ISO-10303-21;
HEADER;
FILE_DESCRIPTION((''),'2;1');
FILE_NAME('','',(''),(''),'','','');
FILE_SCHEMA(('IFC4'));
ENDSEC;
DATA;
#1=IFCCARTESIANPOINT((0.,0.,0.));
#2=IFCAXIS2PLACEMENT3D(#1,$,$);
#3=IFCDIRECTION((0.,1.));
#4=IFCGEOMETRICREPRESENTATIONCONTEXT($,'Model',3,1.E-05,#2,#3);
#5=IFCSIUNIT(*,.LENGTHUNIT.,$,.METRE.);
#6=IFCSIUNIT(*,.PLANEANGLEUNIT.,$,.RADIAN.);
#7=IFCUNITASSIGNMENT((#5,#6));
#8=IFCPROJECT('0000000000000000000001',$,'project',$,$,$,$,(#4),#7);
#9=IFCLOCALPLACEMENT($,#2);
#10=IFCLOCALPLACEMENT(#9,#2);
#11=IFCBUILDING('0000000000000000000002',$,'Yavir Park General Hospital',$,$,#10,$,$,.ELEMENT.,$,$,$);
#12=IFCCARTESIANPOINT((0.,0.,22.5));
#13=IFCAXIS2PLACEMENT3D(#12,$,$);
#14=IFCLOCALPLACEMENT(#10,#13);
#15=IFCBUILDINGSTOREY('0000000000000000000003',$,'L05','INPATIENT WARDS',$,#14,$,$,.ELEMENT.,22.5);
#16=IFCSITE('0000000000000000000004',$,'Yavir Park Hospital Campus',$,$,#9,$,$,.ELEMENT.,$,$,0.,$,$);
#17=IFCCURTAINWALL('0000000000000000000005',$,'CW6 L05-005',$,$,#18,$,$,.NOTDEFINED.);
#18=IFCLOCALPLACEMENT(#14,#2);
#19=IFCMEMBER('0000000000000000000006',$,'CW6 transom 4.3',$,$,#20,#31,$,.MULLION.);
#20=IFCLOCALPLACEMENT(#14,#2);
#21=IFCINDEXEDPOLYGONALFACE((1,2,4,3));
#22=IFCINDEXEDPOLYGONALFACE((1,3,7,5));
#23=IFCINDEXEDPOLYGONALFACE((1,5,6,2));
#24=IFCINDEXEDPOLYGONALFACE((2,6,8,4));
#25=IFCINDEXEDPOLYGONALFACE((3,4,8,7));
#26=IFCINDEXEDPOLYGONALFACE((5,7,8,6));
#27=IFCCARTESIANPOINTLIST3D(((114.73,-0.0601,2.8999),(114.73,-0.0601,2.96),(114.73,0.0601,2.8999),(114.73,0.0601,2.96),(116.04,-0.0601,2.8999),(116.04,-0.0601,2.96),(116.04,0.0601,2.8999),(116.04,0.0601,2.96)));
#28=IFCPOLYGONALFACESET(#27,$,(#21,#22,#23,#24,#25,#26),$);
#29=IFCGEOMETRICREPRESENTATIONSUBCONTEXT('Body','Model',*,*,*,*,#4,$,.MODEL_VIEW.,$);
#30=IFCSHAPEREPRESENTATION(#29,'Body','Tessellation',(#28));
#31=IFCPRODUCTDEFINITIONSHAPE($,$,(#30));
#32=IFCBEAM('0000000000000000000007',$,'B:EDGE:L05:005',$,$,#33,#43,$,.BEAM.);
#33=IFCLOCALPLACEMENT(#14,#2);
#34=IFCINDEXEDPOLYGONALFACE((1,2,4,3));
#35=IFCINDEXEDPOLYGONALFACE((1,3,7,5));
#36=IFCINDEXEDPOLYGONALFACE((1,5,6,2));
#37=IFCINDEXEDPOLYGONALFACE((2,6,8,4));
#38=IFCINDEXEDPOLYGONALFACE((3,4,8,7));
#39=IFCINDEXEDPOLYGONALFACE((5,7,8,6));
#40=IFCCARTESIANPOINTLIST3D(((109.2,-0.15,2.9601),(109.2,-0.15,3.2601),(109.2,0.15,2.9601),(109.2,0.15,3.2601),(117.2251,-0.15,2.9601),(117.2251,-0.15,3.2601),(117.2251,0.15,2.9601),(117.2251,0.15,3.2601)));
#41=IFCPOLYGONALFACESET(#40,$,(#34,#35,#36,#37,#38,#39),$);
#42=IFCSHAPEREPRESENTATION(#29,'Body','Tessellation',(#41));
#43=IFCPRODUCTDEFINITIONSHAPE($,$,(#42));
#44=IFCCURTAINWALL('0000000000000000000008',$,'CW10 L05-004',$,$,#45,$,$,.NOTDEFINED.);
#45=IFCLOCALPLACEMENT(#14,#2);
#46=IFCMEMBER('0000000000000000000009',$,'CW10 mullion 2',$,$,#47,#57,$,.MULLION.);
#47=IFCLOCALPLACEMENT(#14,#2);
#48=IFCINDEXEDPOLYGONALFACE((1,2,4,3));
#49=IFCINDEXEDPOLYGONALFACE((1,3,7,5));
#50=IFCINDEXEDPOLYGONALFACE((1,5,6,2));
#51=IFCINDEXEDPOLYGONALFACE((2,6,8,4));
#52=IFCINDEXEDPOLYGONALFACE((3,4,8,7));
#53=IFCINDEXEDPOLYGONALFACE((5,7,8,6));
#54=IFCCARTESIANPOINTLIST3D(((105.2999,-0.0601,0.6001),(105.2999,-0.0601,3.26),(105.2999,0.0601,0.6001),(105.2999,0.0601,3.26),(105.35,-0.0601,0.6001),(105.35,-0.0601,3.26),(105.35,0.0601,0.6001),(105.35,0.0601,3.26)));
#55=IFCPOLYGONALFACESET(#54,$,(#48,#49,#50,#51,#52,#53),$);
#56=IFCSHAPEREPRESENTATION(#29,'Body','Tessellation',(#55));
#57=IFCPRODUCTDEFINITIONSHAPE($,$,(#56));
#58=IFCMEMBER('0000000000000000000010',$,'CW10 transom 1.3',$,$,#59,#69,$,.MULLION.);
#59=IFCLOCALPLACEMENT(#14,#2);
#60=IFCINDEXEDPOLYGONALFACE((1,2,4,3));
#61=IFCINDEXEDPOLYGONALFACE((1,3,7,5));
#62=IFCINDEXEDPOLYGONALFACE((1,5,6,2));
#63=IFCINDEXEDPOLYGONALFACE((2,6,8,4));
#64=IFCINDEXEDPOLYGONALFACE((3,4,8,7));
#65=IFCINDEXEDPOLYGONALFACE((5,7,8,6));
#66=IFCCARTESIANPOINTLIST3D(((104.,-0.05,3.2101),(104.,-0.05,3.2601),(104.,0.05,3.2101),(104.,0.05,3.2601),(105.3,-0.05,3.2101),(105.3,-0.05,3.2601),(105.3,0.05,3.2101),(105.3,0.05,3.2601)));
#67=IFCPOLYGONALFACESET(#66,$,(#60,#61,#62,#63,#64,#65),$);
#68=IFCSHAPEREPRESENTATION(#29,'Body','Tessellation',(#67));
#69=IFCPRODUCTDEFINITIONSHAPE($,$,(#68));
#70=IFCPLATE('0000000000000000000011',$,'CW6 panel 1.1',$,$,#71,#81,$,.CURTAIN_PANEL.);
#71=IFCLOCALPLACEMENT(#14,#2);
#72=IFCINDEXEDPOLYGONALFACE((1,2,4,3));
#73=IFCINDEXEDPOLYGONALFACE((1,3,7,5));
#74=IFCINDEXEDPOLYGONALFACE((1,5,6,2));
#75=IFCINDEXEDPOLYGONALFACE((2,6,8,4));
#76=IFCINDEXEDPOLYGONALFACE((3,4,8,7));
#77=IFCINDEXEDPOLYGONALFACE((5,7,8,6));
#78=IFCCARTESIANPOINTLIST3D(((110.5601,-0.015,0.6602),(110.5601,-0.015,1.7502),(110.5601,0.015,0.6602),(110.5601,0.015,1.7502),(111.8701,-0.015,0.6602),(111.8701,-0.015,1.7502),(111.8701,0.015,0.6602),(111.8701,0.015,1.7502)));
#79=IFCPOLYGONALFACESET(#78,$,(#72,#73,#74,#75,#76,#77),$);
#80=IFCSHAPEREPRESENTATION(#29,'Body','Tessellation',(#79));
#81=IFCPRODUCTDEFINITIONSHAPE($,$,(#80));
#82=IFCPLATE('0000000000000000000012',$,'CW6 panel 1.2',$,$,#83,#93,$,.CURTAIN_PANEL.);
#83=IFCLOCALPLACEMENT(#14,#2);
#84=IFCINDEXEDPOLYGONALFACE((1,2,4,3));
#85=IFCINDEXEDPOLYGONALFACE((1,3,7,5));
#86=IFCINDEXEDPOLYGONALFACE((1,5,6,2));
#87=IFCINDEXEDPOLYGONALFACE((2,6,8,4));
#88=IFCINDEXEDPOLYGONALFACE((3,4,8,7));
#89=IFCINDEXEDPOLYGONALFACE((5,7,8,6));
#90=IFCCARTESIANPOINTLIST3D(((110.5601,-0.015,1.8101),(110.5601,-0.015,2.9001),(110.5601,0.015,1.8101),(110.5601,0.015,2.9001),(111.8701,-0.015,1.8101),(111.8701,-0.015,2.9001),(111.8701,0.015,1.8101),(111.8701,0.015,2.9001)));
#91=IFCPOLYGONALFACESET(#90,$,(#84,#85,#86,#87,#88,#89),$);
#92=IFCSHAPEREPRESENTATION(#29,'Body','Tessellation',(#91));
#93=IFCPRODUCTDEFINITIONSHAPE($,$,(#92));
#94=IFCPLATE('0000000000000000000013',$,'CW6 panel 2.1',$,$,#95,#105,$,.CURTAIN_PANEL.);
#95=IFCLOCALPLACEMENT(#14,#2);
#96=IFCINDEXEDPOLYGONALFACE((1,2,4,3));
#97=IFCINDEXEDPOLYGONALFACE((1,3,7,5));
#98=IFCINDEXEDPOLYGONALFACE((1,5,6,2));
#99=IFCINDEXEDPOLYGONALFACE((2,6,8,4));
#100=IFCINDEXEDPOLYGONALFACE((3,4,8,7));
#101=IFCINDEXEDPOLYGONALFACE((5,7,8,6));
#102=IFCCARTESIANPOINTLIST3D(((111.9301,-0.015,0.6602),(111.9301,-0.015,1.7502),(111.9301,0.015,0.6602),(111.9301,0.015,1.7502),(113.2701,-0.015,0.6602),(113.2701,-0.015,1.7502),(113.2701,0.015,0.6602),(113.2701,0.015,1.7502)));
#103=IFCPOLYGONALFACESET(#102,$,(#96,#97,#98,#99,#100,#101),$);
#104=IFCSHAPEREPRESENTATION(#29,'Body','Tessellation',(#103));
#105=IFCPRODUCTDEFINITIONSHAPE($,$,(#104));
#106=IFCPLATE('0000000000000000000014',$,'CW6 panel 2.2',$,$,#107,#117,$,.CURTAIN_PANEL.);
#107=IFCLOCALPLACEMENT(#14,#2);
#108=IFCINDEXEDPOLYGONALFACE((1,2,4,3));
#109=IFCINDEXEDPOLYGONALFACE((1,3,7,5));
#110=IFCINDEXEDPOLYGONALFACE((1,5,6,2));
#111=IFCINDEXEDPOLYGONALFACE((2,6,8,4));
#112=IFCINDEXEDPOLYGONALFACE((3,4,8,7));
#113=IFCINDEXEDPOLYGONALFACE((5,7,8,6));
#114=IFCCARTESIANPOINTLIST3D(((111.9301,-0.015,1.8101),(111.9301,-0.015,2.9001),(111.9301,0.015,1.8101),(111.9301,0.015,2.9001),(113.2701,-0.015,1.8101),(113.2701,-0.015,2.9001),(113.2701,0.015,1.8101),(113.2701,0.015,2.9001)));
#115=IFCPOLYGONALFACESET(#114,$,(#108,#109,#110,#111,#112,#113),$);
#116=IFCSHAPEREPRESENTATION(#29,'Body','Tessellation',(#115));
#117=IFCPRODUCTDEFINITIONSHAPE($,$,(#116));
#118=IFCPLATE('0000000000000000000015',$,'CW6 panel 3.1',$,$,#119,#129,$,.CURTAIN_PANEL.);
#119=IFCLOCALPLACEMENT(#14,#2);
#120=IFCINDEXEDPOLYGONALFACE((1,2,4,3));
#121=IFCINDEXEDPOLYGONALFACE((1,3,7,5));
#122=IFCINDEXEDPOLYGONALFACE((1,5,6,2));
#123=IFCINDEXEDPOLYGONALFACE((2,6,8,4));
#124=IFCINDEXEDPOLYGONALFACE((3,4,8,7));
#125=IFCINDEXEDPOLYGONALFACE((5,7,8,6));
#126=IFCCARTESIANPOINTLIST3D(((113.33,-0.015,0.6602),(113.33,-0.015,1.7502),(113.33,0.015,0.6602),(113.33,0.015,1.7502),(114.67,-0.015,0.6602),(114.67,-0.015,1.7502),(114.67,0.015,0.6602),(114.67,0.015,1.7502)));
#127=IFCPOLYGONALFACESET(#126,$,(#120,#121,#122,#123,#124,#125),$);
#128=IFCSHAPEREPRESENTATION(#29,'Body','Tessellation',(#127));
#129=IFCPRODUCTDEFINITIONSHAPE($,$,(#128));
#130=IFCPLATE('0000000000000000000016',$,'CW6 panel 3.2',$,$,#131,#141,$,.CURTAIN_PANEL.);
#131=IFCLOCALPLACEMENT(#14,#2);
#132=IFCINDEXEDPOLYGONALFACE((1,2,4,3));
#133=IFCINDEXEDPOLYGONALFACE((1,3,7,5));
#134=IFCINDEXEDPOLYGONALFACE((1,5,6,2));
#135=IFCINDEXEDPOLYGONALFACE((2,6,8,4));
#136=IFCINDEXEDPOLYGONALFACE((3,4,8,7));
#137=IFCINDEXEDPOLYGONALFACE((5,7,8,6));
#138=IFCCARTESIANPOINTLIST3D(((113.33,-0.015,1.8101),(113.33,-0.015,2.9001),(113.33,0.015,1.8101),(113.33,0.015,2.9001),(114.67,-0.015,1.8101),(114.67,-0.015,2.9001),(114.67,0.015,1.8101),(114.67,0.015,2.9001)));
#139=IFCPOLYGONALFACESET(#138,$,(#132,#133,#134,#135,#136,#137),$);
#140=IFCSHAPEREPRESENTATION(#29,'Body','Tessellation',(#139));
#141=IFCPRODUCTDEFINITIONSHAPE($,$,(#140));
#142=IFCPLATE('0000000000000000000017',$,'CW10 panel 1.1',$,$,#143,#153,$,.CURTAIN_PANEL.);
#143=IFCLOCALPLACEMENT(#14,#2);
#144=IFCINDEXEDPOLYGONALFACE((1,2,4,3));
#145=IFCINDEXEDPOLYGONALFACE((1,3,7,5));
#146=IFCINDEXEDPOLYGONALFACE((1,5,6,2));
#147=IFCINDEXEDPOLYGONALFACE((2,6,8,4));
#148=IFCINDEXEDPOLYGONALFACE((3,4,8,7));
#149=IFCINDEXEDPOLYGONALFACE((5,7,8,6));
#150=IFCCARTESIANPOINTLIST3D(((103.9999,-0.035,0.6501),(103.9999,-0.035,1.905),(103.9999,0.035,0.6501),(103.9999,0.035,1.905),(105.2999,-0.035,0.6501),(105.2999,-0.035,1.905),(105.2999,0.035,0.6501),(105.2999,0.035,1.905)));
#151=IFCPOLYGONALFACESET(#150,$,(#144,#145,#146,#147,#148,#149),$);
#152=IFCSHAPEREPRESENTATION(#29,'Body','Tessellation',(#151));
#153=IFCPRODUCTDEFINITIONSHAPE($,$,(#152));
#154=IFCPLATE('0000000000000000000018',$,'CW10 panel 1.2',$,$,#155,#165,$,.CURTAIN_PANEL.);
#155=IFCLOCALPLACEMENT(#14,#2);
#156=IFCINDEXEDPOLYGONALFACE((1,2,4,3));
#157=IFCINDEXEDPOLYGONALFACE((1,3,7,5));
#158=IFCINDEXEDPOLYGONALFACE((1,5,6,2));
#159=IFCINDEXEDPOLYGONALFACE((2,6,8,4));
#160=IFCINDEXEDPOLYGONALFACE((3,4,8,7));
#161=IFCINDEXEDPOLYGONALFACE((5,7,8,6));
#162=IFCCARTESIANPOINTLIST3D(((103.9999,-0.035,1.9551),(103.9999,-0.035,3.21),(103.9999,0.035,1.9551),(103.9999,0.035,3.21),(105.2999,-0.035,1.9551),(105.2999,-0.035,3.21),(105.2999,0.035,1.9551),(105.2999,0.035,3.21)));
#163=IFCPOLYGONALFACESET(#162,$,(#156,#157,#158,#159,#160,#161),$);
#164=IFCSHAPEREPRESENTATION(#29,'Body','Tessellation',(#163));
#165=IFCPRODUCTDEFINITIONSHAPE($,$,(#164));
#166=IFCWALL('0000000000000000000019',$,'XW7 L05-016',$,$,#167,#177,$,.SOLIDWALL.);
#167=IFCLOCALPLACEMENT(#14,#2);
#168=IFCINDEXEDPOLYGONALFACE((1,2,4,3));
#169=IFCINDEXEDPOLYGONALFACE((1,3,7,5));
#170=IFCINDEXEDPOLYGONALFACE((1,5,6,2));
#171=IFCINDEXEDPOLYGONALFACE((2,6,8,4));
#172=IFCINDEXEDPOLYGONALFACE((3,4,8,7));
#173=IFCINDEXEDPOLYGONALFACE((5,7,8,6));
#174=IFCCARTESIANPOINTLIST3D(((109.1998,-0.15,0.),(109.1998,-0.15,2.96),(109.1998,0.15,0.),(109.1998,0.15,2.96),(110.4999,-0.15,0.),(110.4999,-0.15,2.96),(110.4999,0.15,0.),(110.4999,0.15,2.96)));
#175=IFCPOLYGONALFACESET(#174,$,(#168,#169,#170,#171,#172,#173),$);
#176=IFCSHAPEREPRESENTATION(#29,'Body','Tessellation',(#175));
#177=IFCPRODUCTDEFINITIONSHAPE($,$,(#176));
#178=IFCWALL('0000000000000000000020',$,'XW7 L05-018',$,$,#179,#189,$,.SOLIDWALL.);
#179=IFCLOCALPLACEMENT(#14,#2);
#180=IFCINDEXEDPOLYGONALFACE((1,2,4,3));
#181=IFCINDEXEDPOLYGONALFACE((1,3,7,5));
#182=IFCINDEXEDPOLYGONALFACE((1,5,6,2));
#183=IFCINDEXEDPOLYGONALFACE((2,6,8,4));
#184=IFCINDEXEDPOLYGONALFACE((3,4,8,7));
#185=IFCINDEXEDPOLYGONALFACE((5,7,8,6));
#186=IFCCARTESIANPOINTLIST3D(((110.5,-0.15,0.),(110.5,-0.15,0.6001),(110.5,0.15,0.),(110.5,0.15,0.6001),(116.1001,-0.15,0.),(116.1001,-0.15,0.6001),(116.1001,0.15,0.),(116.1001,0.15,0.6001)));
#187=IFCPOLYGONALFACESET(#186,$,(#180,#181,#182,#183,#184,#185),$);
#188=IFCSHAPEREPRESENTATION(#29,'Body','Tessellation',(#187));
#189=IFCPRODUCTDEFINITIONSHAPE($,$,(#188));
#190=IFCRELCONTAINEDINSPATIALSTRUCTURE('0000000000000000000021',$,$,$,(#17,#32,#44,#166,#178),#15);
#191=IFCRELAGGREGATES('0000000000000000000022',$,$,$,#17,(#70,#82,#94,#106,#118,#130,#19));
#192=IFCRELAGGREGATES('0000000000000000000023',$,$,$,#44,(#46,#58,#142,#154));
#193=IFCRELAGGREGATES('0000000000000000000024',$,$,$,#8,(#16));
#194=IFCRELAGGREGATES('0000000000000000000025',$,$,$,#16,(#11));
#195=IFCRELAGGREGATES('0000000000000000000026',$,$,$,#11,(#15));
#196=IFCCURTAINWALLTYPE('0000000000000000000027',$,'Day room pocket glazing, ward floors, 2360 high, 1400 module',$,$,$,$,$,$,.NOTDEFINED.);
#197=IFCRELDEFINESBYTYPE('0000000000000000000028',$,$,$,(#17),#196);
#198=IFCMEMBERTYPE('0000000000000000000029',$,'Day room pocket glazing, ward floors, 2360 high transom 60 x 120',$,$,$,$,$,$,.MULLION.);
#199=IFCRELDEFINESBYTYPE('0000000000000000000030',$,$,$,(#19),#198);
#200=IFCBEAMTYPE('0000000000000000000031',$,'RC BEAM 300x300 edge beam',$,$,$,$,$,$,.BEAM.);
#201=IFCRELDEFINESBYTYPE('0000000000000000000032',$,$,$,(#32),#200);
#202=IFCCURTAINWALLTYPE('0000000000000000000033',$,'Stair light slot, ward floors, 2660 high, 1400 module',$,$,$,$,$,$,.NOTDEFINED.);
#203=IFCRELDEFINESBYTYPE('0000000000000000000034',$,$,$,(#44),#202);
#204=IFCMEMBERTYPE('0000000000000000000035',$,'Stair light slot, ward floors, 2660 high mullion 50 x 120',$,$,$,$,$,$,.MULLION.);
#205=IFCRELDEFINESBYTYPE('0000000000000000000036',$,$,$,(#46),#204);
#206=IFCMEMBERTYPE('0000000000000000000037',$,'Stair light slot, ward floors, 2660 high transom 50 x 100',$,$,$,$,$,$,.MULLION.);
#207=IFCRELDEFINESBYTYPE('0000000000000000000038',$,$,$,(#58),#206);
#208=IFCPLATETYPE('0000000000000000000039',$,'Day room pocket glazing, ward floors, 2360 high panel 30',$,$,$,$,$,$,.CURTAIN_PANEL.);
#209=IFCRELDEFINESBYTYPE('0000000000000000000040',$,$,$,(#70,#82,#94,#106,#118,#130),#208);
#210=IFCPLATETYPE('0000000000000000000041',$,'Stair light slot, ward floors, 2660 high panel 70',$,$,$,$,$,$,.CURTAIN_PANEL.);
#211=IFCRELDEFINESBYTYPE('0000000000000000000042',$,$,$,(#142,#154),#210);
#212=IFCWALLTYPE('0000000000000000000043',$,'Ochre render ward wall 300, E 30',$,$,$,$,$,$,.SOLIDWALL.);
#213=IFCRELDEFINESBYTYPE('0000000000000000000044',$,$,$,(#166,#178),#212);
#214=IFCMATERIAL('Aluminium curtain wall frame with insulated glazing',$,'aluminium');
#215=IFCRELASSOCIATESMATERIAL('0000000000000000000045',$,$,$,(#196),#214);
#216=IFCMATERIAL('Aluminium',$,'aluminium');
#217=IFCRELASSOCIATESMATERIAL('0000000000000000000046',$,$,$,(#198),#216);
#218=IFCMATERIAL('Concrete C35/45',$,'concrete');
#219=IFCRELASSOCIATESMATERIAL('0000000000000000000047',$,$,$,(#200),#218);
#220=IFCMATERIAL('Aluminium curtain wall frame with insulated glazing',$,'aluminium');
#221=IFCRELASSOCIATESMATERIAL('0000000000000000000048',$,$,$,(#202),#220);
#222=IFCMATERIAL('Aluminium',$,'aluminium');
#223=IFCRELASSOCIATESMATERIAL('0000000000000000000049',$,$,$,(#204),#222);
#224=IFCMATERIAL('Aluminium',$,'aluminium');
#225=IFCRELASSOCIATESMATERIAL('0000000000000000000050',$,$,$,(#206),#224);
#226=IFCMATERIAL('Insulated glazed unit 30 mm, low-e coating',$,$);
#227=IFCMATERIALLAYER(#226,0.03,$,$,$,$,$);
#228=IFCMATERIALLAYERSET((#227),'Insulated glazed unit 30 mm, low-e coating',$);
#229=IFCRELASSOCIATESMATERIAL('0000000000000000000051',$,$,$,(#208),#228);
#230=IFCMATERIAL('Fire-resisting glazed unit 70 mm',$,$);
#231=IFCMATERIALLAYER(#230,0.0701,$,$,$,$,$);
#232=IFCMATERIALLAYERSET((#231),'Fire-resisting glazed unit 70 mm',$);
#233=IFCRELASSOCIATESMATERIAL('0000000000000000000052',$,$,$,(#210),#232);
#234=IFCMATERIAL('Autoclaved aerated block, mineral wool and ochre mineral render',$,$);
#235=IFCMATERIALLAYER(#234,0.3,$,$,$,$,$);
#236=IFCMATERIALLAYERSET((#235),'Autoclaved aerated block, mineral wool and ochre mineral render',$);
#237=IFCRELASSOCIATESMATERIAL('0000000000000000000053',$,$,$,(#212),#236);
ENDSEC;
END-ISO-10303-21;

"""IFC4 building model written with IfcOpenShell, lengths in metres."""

from ifc_helpers import new_model, si_unit, direction, frame, frame_2d, origin, origin_2d, place, context, subcontext, project, spatial, rectangle, extrude, material, layer, layer_set, material_profile, profile_set, type_object, element, aggregate, save


model = new_model("IFC4")

# Units and contexts
model_context = context("Model", 3, precision=1e-05, world=origin(), true_north=direction((0.0, 1.0)))
body_context = subcontext(model_context, "Body", "Model", "MODEL_VIEW")
ifc_project = project(units=[si_unit("LENGTHUNIT", "METRE"), si_unit("PLANEANGLEUNIT", "RADIAN")], contexts=[model_context])

# Site, building, storey
site_placement = place(None, origin())
site = spatial("IfcSite", under=ifc_project, at=site_placement, Name="Yavir Park Hospital Campus", CompositionType="ELEMENT", RefElevation=0.0)
building_placement = place(site_placement, origin())
building = spatial("IfcBuilding", under=site, at=building_placement, Name="Yavir Park General Hospital", CompositionType="ELEMENT")
storey_placement = place(building_placement, frame((0.0, 0.0, 22.5)))
storey = spatial("IfcBuildingStorey", under=building, at=storey_placement, Name="L05", Description="INPATIENT WARDS", CompositionType="ELEMENT", Elevation=22.5)

# Curtain wall, member
ifc_material_1 = material(Name="Aluminium curtain wall frame with insulated glazing", Category="aluminium")
curtain_wall_type_1 = type_object("IfcCurtainWallType", Name="Day room pocket glazing, ward floors, 2360 high, 1400 module", PredefinedType="NOTDEFINED", material=ifc_material_1)
curtain_wall_1_placement = place(storey_placement, origin())
curtain_wall_1 = element("IfcCurtainWall", 1, at=curtain_wall_1_placement, inside=storey, type_object=curtain_wall_type_1, Name="CW6 L05-005", PredefinedType="NOTDEFINED")
ifc_material_2 = material(Name="Aluminium", Category="aluminium")
ifc_material_profile_1 = material_profile(ifc_material_2, rectangle(XDim=0.1201, YDim=0.0601, at=origin_2d()), Name="AL 120x60")
ifc_profile_set_1 = profile_set([ifc_material_profile_1], Name="Aluminium")
member_type_1 = type_object("IfcMemberType", Name="Day room pocket glazing, ward floors, 2360 high transom 60 x 120", PredefinedType="MULLION", material=ifc_profile_set_1)
member_1_placement = place(storey_placement, frame((114.73, 0.0, 2.9299), z_axis=(1.0, 0.0, 0.0), x_axis=(0.0, 1.0, 0.0)))
member_1 = element("IfcMember", 2, at=member_1_placement, type_object=member_type_1, Name="CW6 transom 4.3", PredefinedType="MULLION", context=body_context, shape_type="SweptSolid", body=[
    extrude(rectangle(XDim=0.1201, YDim=0.0601, at=origin_2d()), origin(), (0.0, 0.0, 1.0), 1.3101),
])

# Beam
ifc_material_3 = material(Name="Concrete C35/45", Category="concrete")
ifc_material_profile_2 = material_profile(ifc_material_3, rectangle(XDim=0.3, YDim=0.3, at=origin_2d()), Name="RC300x300")
ifc_profile_set_2 = profile_set([ifc_material_profile_2], Name="Concrete C35/45")
beam_type = type_object("IfcBeamType", Name="RC BEAM 300x300 edge beam", PredefinedType="BEAM", material=ifc_profile_set_2)
beam_placement = place(storey_placement, frame((109.2, 0.0, 3.1101), z_axis=(1.0, 0.0, 0.0), x_axis=(0.0, 1.0, 0.0)))
element("IfcBeam", 3, at=beam_placement, inside=storey, type_object=beam_type, Name="B:EDGE:L05:005", PredefinedType="BEAM", context=body_context, shape_type="SweptSolid", body=[
    extrude(rectangle(XDim=0.3, YDim=0.3, at=origin_2d()), origin(), (0.0, 0.0, 1.0), 8.0251),
])

# Curtain wall, members
ifc_material_4 = material(Name="Aluminium curtain wall frame with insulated glazing", Category="aluminium")
curtain_wall_type_2 = type_object("IfcCurtainWallType", Name="Stair light slot, ward floors, 2660 high, 1400 module", PredefinedType="NOTDEFINED", material=ifc_material_4)
curtain_wall_2_placement = place(storey_placement, origin())
curtain_wall_2 = element("IfcCurtainWall", 4, at=curtain_wall_2_placement, inside=storey, type_object=curtain_wall_type_2, Name="CW10 L05-004", PredefinedType="NOTDEFINED")
ifc_material_5 = material(Name="Aluminium", Category="aluminium")
ifc_material_profile_3 = material_profile(ifc_material_5, rectangle(XDim=0.1201, YDim=0.05, at=origin_2d()), Name="AL 50x120")
ifc_profile_set_3 = profile_set([ifc_material_profile_3], Name="Aluminium")
member_type_2 = type_object("IfcMemberType", Name="Stair light slot, ward floors, 2660 high mullion 50 x 120", PredefinedType="MULLION", material=ifc_profile_set_3)
member_2_placement = place(storey_placement, frame((105.325, 0.0, 0.6001), z_axis=(0.0, 0.0, 1.0), x_axis=(0.0, 1.0, 0.0)))
member_2 = element("IfcMember", 5, at=member_2_placement, type_object=member_type_2, Name="CW10 mullion 2", PredefinedType="MULLION", context=body_context, shape_type="SweptSolid", body=[
    extrude(rectangle(XDim=0.1201, YDim=0.05, at=origin_2d()), origin(), (0.0, 0.0, 1.0), 2.6599),
])
ifc_material_6 = material(Name="Aluminium", Category="aluminium")
ifc_material_profile_4 = material_profile(ifc_material_6, rectangle(XDim=0.1001, YDim=0.05, at=origin_2d()), Name="AL 100x50")
ifc_profile_set_4 = profile_set([ifc_material_profile_4], Name="Aluminium")
member_type_3 = type_object("IfcMemberType", Name="Stair light slot, ward floors, 2660 high transom 50 x 100", PredefinedType="MULLION", material=ifc_profile_set_4)
member_3_placement = place(storey_placement, frame((104.0, 0.0, 3.2351), z_axis=(1.0, 0.0, 0.0), x_axis=(0.0, 1.0, 0.0)))
member_3 = element("IfcMember", 6, at=member_3_placement, type_object=member_type_3, Name="CW10 transom 1.3", PredefinedType="MULLION", context=body_context, shape_type="SweptSolid", body=[
    extrude(rectangle(XDim=0.1001, YDim=0.05, at=origin_2d()), origin(), (0.0, 0.0, 1.0), 1.3),
])

# Plates
ifc_material_7 = material(Name="Insulated glazed unit 30 mm, low-e coating")
ifc_layer_1 = layer(ifc_material_7, 0.03)
ifc_layer_set_1 = layer_set([ifc_layer_1], Name="Insulated glazed unit 30 mm, low-e coating")
plate_type_1 = type_object("IfcPlateType", Name="Day room pocket glazing, ward floors, 2360 high panel 30", PredefinedType="CURTAIN_PANEL", material=ifc_layer_set_1)
plate_1_placement = place(storey_placement, frame((111.2151, 0.0, 0.6602), z_axis=(0.0, 0.0, 1.0), x_axis=(1.0, 0.0, 0.0)))
plate_1 = element("IfcPlate", 7, at=plate_1_placement, type_object=plate_type_1, Name="CW6 panel 1.1", PredefinedType="CURTAIN_PANEL", context=body_context, shape_type="SweptSolid", body=[
    extrude(rectangle(XDim=1.3101, YDim=0.03, at=origin_2d()), origin(), (0.0, 0.0, 1.0), 1.0901),
])
plate_2_placement = place(storey_placement, frame((111.2151, 0.0, 1.8101), z_axis=(0.0, 0.0, 1.0), x_axis=(1.0, 0.0, 0.0)))
plate_2 = element("IfcPlate", 8, at=plate_2_placement, type_object=plate_type_1, Name="CW6 panel 1.2", PredefinedType="CURTAIN_PANEL", context=body_context, shape_type="SweptSolid", body=[
    extrude(rectangle(XDim=1.3101, YDim=0.03, at=origin_2d()), origin(), (0.0, 0.0, 1.0), 1.0901),
])
plate_3_placement = place(storey_placement, frame((112.6001, 0.0, 0.6602), z_axis=(0.0, 0.0, 1.0), x_axis=(1.0, 0.0, 0.0)))
plate_3 = element("IfcPlate", 9, at=plate_3_placement, type_object=plate_type_1, Name="CW6 panel 2.1", PredefinedType="CURTAIN_PANEL", context=body_context, shape_type="SweptSolid", body=[
    extrude(rectangle(XDim=1.3401, YDim=0.03, at=origin_2d()), origin(), (0.0, 0.0, 1.0), 1.0901),
])
plate_4_placement = place(storey_placement, frame((112.6001, 0.0, 1.8101), z_axis=(0.0, 0.0, 1.0), x_axis=(1.0, 0.0, 0.0)))
plate_4 = element("IfcPlate", 10, at=plate_4_placement, type_object=plate_type_1, Name="CW6 panel 2.2", PredefinedType="CURTAIN_PANEL", context=body_context, shape_type="SweptSolid", body=[
    extrude(rectangle(XDim=1.3401, YDim=0.03, at=origin_2d()), origin(), (0.0, 0.0, 1.0), 1.0901),
])
plate_5_placement = place(storey_placement, frame((114.0, 0.0, 0.6602), z_axis=(0.0, 0.0, 1.0), x_axis=(1.0, 0.0, 0.0)))
plate_5 = element("IfcPlate", 11, at=plate_5_placement, type_object=plate_type_1, Name="CW6 panel 3.1", PredefinedType="CURTAIN_PANEL", context=body_context, shape_type="SweptSolid", body=[
    extrude(rectangle(XDim=1.3401, YDim=0.03, at=origin_2d()), origin(), (0.0, 0.0, 1.0), 1.0901),
])
plate_6_placement = place(storey_placement, frame((114.0, 0.0, 1.8101), z_axis=(0.0, 0.0, 1.0), x_axis=(1.0, 0.0, 0.0)))
plate_6 = element("IfcPlate", 12, at=plate_6_placement, type_object=plate_type_1, Name="CW6 panel 3.2", PredefinedType="CURTAIN_PANEL", context=body_context, shape_type="SweptSolid", body=[
    extrude(rectangle(XDim=1.3401, YDim=0.03, at=origin_2d()), origin(), (0.0, 0.0, 1.0), 1.0901),
])
aggregate(curtain_wall_1, [plate_1, plate_2, plate_3, plate_4, plate_5, plate_6, member_1])
ifc_material_8 = material(Name="Fire-resisting glazed unit 70 mm")
ifc_layer_2 = layer(ifc_material_8, 0.0701)
ifc_layer_set_2 = layer_set([ifc_layer_2], Name="Fire-resisting glazed unit 70 mm")
plate_type_2 = type_object("IfcPlateType", Name="Stair light slot, ward floors, 2660 high panel 70", PredefinedType="CURTAIN_PANEL", material=ifc_layer_set_2)
plate_7_placement = place(storey_placement, frame((104.6499, 0.0, 0.6501), z_axis=(0.0, 0.0, 1.0), x_axis=(1.0, 0.0, 0.0)))
plate_7 = element("IfcPlate", 13, at=plate_7_placement, type_object=plate_type_2, Name="CW10 panel 1.1", PredefinedType="CURTAIN_PANEL", context=body_context, shape_type="SweptSolid", body=[
    extrude(rectangle(XDim=1.3, YDim=0.0701, at=origin_2d()), origin(), (0.0, 0.0, 1.0), 1.2549),
])
plate_8_placement = place(storey_placement, frame((104.6499, 0.0, 1.9551), z_axis=(0.0, 0.0, 1.0), x_axis=(1.0, 0.0, 0.0)))
plate_8 = element("IfcPlate", 14, at=plate_8_placement, type_object=plate_type_2, Name="CW10 panel 1.2", PredefinedType="CURTAIN_PANEL", context=body_context, shape_type="SweptSolid", body=[
    extrude(rectangle(XDim=1.3, YDim=0.0701, at=origin_2d()), origin(), (0.0, 0.0, 1.0), 1.2549),
])
aggregate(curtain_wall_2, [member_2, member_3, plate_7, plate_8])

# Walls
ifc_material_9 = material(Name="Autoclaved aerated block, mineral wool and ochre mineral render")
ifc_layer_3 = layer(ifc_material_9, 0.3)
ifc_layer_set_3 = layer_set([ifc_layer_3], Name="Autoclaved aerated block, mineral wool and ochre mineral render")
wall_type_1 = type_object("IfcWallType", Name="Ochre render ward wall 300, E 30", PredefinedType="SOLIDWALL", material=ifc_layer_set_3)
wall_1_placement = place(storey_placement, frame((109.2, 0.0, 0.0), z_axis=(0.0, 0.0, 1.0), x_axis=(1.0, 0.0, 0.0)))
element("IfcWall", 15, at=wall_1_placement, inside=storey, type_object=wall_type_1, Name="XW7 L05-016", PredefinedType="SOLIDWALL", context=body_context, shape_type="SweptSolid", body=[
    extrude(rectangle(XDim=1.3, YDim=0.3, at=frame_2d((0.6499, 0.0))), origin(), (0.0, 0.0, 1.0), 2.96),
])
wall_2_placement = place(storey_placement, frame((110.5, 0.0, 0.0), z_axis=(0.0, 0.0, 1.0), x_axis=(1.0, 0.0, 0.0)))
element("IfcWall", 16, at=wall_2_placement, inside=storey, type_object=wall_type_1, Name="XW7 L05-018", PredefinedType="SOLIDWALL", context=body_context, shape_type="SweptSolid", body=[
    extrude(rectangle(XDim=5.6001, YDim=0.3, at=frame_2d((2.8, 0.0))), origin(), (0.0, 0.0, 1.0), 0.6001),
])

save(model, "model.ifc")
